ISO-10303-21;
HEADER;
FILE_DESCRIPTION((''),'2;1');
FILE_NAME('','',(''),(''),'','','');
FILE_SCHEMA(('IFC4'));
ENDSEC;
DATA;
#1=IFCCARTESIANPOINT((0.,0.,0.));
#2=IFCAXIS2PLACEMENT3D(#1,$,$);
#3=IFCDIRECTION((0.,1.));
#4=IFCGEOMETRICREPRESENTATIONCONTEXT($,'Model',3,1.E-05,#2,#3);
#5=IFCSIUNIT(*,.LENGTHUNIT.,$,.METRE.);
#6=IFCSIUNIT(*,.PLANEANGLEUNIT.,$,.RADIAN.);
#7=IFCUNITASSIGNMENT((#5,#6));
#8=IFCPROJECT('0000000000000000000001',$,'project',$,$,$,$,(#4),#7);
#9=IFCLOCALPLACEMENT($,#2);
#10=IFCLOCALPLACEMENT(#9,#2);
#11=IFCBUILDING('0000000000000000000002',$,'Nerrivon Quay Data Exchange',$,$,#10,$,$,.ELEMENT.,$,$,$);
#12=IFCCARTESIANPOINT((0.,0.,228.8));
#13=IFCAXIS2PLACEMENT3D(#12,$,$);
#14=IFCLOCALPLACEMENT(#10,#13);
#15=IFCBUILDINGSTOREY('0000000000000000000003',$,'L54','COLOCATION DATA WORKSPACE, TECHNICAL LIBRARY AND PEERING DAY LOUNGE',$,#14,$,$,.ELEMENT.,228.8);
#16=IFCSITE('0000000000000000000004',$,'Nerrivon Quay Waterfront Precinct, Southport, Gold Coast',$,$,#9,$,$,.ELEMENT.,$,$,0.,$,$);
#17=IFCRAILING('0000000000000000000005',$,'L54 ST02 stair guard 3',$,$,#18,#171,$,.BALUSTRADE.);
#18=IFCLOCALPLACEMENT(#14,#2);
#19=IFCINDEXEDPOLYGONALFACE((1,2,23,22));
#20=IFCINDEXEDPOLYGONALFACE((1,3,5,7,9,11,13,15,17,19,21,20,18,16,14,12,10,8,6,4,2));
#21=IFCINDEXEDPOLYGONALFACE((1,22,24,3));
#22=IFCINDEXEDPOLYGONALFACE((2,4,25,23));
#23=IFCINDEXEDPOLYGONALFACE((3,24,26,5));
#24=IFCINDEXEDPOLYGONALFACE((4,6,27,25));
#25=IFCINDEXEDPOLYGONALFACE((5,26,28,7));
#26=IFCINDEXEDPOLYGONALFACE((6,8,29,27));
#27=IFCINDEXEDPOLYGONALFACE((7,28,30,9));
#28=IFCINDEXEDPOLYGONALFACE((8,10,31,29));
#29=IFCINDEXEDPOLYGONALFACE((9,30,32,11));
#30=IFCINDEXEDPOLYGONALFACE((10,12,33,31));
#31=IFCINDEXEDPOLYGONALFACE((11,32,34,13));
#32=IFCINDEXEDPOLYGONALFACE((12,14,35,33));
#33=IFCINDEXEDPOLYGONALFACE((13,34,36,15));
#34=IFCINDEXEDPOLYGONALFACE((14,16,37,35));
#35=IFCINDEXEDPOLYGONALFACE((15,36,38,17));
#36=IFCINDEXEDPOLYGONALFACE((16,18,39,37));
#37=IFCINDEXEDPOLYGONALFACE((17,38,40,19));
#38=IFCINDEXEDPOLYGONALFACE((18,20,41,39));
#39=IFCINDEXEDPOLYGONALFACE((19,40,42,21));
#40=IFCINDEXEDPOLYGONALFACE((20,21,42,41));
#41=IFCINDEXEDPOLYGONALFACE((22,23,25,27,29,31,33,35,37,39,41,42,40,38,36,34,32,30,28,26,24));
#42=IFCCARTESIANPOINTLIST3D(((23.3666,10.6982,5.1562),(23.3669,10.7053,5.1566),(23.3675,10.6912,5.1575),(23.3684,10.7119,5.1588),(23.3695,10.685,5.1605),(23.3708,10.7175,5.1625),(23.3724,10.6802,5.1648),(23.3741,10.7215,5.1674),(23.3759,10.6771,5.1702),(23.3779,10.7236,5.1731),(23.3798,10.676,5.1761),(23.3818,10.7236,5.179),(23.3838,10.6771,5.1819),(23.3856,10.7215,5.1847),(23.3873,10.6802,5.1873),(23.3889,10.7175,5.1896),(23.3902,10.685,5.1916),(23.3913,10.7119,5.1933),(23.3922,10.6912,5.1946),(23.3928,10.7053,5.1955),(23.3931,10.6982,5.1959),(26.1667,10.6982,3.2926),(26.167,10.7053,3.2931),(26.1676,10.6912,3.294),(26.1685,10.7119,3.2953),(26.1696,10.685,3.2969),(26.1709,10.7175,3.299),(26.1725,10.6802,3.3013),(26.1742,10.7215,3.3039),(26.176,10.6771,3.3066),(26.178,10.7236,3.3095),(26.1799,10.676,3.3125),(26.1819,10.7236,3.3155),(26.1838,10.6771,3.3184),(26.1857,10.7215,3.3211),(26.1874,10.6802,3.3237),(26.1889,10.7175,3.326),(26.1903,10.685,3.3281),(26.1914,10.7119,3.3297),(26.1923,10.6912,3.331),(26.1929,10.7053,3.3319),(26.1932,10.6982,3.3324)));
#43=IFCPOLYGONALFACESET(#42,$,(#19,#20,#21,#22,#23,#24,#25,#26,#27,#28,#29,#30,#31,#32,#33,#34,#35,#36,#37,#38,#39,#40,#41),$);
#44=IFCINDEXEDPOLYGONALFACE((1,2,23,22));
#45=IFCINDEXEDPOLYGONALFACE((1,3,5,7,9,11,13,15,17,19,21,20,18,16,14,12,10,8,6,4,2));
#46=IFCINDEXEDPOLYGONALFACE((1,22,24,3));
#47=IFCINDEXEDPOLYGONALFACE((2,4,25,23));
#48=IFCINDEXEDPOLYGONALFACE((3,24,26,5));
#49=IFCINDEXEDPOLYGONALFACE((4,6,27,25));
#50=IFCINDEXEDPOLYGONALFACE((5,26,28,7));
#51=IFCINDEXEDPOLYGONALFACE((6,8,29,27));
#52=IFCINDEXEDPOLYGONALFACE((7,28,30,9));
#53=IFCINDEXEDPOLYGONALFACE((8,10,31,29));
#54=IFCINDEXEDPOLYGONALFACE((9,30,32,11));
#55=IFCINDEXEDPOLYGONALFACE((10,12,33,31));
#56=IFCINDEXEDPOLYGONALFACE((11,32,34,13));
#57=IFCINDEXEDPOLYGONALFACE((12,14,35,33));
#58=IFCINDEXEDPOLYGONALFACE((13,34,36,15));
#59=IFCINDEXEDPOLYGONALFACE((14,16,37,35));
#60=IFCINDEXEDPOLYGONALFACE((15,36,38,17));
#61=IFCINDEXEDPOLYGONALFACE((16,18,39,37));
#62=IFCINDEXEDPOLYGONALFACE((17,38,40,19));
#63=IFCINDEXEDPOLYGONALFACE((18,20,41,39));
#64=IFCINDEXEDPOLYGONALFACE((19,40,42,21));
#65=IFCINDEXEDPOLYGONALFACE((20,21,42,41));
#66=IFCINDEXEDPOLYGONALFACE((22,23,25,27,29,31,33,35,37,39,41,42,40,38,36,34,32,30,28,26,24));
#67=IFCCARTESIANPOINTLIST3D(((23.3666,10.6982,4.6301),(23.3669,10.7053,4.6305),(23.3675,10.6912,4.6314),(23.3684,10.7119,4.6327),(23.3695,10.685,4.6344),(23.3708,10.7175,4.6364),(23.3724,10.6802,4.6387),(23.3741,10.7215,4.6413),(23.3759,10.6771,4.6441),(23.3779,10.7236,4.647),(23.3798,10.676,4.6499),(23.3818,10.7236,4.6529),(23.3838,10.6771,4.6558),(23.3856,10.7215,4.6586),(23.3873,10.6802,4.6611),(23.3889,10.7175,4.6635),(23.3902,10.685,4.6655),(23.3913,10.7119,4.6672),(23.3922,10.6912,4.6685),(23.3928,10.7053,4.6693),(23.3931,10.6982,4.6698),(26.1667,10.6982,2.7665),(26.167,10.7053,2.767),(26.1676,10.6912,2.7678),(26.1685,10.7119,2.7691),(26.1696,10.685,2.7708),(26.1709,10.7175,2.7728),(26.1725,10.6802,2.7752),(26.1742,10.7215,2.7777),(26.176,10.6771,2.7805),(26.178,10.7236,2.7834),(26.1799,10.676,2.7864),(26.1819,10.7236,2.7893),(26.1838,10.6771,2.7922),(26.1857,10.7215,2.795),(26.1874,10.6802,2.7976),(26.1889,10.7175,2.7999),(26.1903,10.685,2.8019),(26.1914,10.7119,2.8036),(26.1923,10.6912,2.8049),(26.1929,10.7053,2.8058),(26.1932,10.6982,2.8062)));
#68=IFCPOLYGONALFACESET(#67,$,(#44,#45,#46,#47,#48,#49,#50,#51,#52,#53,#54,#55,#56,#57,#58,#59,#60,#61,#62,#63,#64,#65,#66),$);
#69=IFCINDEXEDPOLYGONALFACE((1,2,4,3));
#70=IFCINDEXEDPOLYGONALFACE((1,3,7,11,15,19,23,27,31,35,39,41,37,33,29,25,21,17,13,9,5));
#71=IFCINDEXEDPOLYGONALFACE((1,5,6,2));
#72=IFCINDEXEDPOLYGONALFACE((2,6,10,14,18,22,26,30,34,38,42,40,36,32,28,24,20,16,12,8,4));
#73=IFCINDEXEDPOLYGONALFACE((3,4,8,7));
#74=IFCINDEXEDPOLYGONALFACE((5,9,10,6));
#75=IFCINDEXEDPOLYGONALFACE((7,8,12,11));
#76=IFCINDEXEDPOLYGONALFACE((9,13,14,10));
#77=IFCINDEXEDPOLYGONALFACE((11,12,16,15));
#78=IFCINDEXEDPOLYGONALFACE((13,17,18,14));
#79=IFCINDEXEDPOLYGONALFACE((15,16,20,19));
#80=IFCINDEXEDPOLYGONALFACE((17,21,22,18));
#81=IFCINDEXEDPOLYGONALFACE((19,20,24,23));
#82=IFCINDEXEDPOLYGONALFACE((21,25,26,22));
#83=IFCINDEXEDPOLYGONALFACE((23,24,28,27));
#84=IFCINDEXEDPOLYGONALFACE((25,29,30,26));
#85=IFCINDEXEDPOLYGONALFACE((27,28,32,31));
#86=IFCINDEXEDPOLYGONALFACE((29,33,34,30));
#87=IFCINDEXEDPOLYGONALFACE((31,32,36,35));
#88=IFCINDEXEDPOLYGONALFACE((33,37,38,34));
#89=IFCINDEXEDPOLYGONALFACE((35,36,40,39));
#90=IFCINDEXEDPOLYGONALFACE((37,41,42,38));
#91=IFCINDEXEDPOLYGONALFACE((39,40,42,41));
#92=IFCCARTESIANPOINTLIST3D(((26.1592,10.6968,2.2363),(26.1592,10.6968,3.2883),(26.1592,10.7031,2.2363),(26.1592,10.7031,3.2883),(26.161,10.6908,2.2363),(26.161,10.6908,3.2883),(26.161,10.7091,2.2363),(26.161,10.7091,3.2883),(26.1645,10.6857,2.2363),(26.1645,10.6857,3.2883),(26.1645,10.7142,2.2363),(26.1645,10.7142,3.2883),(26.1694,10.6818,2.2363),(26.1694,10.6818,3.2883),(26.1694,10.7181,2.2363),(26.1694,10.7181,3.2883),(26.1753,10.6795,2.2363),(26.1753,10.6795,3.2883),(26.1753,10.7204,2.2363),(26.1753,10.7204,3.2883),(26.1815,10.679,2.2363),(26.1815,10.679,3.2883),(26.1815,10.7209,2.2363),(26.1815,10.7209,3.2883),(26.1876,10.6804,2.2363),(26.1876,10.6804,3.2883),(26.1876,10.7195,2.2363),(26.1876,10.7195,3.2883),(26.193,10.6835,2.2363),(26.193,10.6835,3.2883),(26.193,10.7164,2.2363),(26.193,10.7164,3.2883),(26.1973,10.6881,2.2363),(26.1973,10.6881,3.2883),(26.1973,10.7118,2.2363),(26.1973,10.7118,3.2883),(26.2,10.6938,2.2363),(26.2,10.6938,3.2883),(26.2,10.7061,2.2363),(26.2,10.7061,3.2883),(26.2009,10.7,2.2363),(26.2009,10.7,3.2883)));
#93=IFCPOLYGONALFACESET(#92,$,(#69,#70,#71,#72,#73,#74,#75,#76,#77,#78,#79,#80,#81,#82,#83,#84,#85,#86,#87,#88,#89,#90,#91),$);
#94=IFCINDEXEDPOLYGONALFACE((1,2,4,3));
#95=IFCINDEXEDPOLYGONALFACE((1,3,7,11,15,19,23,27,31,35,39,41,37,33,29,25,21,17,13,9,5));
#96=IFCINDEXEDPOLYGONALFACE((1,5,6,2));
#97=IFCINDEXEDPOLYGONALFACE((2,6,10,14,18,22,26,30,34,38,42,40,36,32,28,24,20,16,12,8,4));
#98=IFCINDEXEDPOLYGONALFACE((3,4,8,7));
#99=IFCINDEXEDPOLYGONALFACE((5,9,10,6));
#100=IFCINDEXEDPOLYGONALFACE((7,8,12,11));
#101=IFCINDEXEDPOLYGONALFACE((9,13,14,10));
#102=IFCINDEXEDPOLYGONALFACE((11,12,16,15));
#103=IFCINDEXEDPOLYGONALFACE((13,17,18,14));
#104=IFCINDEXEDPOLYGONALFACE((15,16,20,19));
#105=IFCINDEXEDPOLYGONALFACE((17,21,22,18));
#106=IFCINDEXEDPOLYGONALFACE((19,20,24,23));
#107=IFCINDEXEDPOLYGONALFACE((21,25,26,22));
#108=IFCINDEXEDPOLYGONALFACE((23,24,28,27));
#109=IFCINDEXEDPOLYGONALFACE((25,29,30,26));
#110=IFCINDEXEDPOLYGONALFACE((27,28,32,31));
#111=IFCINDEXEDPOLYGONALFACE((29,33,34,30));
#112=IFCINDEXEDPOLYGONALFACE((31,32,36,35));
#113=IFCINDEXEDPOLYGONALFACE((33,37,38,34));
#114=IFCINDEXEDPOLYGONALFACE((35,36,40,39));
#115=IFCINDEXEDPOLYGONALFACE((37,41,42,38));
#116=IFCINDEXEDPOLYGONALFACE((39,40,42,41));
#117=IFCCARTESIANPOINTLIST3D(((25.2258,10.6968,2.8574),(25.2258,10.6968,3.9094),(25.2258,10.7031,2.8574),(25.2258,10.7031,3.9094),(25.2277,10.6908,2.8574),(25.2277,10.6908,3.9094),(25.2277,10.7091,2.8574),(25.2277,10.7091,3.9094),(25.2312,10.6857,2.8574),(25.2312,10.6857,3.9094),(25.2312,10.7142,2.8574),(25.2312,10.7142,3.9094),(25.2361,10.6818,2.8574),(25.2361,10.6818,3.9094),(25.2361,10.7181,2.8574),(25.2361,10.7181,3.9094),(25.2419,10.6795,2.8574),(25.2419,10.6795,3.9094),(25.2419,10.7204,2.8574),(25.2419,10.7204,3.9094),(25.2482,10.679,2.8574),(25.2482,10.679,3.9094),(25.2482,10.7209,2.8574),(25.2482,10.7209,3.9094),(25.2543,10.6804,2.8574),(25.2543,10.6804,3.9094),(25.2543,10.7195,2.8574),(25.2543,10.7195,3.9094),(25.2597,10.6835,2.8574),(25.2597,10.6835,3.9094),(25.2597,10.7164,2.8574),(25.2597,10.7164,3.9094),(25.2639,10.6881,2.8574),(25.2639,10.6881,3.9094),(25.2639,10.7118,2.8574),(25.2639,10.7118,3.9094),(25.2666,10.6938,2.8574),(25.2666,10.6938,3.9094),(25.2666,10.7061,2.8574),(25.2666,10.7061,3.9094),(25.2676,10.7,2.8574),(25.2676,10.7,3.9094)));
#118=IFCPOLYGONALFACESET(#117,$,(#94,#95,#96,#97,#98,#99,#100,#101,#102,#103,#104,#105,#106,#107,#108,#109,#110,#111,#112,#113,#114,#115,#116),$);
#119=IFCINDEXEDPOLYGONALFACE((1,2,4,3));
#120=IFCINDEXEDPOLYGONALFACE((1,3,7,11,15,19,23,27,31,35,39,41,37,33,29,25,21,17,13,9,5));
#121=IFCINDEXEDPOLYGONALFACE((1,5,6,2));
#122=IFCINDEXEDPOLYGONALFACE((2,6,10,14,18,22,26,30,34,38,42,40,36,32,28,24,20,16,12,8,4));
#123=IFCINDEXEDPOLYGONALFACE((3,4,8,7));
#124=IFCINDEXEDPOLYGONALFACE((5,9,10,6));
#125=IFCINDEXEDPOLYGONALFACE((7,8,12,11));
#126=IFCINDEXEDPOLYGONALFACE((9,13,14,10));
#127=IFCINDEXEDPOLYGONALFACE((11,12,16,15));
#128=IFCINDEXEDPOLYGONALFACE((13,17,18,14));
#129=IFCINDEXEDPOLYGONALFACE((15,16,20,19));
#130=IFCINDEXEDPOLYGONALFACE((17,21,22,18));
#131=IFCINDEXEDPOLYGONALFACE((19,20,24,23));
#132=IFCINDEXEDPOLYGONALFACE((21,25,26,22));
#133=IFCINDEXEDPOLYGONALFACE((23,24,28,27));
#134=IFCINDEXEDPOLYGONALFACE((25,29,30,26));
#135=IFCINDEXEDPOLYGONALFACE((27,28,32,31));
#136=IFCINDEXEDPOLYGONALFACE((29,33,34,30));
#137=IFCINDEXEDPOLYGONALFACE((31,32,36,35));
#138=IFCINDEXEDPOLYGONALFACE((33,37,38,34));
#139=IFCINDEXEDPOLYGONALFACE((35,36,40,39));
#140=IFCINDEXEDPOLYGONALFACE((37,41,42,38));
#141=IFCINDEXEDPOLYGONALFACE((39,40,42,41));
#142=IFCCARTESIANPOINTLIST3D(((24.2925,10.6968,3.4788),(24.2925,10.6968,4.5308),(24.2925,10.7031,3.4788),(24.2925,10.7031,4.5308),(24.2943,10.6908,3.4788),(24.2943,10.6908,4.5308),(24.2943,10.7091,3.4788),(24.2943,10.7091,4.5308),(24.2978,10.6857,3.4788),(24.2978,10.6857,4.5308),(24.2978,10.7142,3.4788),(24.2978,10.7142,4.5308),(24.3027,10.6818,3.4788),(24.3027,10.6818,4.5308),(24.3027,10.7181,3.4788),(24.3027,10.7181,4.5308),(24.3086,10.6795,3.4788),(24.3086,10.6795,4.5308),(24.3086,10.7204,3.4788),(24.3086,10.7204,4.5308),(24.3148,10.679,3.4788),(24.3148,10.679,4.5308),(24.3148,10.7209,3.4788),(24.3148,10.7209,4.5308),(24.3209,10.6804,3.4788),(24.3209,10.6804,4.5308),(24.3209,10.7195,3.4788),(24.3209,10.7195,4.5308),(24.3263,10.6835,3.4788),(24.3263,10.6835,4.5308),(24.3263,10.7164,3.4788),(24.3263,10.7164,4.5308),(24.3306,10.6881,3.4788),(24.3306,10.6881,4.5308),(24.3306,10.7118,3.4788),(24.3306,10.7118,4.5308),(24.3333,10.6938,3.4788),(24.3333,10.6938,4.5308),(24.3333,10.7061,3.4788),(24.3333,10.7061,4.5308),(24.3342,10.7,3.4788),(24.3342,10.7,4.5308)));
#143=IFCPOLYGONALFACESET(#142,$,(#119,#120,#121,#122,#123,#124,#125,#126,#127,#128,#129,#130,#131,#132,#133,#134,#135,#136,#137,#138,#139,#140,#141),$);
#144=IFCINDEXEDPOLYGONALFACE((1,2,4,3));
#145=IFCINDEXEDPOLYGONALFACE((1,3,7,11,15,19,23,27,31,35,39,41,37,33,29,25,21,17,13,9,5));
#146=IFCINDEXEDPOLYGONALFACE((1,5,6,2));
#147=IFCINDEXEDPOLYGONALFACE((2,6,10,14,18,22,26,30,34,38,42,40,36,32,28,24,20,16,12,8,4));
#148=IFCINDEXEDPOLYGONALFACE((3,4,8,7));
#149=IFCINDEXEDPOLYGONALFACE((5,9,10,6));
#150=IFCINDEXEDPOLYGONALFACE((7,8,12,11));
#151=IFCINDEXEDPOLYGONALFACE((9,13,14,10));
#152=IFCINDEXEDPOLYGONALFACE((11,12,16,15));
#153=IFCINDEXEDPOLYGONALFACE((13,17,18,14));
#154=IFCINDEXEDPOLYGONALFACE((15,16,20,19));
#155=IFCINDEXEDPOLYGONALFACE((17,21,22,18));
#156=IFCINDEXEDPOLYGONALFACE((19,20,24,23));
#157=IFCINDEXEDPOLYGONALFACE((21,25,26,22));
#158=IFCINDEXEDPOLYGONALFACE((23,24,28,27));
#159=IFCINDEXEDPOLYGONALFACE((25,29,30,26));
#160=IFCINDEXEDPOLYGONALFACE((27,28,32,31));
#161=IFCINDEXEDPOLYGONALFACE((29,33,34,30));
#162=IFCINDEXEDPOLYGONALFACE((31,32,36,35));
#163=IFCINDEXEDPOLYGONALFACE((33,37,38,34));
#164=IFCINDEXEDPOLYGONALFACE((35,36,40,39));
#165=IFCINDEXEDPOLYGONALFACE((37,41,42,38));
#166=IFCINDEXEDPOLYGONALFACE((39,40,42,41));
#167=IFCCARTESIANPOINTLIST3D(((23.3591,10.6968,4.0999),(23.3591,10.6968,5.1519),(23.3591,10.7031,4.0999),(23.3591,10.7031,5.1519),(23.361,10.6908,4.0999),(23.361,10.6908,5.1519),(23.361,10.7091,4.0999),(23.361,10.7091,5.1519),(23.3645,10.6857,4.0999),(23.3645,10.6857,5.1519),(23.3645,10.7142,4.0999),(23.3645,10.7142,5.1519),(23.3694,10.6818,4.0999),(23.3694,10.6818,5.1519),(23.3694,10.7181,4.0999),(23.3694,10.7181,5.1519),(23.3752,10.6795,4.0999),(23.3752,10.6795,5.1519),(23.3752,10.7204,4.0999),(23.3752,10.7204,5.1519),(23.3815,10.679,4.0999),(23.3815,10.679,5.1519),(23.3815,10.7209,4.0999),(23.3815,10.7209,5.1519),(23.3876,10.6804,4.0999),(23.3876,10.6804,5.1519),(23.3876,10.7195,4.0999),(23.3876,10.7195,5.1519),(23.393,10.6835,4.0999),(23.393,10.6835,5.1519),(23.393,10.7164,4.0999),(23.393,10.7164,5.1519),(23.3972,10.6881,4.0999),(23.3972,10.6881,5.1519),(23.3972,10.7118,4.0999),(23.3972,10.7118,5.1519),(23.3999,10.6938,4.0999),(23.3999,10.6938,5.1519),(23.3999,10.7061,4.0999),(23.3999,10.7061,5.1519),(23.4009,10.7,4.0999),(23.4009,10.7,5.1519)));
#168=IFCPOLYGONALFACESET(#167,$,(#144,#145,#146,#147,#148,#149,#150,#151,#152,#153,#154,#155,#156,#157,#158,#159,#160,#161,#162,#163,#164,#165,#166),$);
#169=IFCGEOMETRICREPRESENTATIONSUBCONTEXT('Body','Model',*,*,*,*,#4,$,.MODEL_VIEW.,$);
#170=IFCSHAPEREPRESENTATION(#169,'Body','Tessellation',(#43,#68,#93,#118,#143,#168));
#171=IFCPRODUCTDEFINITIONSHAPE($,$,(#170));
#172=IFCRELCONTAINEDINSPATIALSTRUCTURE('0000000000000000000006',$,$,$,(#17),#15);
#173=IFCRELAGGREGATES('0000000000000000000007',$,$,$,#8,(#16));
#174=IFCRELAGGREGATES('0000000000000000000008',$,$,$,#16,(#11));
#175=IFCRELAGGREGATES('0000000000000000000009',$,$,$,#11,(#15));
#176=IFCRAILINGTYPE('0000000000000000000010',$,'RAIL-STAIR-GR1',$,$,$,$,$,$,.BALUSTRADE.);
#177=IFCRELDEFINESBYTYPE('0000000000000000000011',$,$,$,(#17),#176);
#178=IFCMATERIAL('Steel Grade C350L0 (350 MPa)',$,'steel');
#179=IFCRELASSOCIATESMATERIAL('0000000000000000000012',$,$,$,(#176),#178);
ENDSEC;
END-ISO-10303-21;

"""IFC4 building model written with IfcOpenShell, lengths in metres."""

from ifc_helpers import new_model, si_unit, direction, frame, origin, origin_2d, place, context, subcontext, project, spatial, circle, extrude, material, type_object, element, save


model = new_model("IFC4")

# Units and contexts
model_context = context("Model", 3, precision=1e-05, world=origin(), true_north=direction((0.0, 1.0)))
body_context = subcontext(model_context, "Body", "Model", "MODEL_VIEW")
ifc_project = project(units=[si_unit("LENGTHUNIT", "METRE"), si_unit("PLANEANGLEUNIT", "RADIAN")], contexts=[model_context])

# Site, building, storey
site_placement = place(None, origin())
site = spatial("IfcSite", under=ifc_project, at=site_placement, Name="Nerrivon Quay Waterfront Precinct, Southport, Gold Coast", CompositionType="ELEMENT", RefElevation=0.0)
building_placement = place(site_placement, origin())
building = spatial("IfcBuilding", under=site, at=building_placement, Name="Nerrivon Quay Data Exchange", CompositionType="ELEMENT")
storey_placement = place(building_placement, frame((0.0, 0.0, 228.8)))
storey = spatial("IfcBuildingStorey", under=building, at=storey_placement, Name="L54", Description="COLOCATION DATA WORKSPACE, TECHNICAL LIBRARY AND PEERING DAY LOUNGE", CompositionType="ELEMENT", Elevation=228.8)

# Railing
ifc_material_1 = material(Name="Steel Grade C350L0 (350 MPa)", Category="steel")
railing_type_1 = type_object("IfcRailingType", Name="RAIL-STAIR-GR1", PredefinedType="BALUSTRADE", material=ifc_material_1)
railing_1_placement = place(storey_placement, frame((26.1799, 10.7, 2.2363)))
element("IfcRailing", 1, at=railing_1_placement, inside=storey, type_object=railing_type_1, Name="L54 ST02 stair guard 3", PredefinedType="BALUSTRADE", context=body_context, shape_type="SweptSolid", body=[
    extrude(circle(Radius=0.0239, at=origin_2d()), frame((0.0, 0.0, 1.0762), z_axis=(-0.832486, 0.0, 0.554047), x_axis=(0.0, -1.0, 0.0)), (0.0, 0.0, 1.0), 3.3635),
    extrude(circle(Radius=0.0239, at=origin_2d()), frame((0.0, 0.0, 0.55), z_axis=(-0.832486, 0.0, 0.554047), x_axis=(0.0, -1.0, 0.0)), (0.0, 0.0, 1.0), 3.3635),
    extrude(circle(Radius=0.021, at=origin_2d()), origin(), (0.0, 0.0, 1.0), 1.052),
    extrude(circle(Radius=0.021, at=origin_2d()), frame((-0.9333, 0.0, 0.6211)), (0.0, 0.0, 1.0), 1.052),
    extrude(circle(Radius=0.021, at=origin_2d()), frame((-1.8667, 0.0, 1.2424)), (0.0, 0.0, 1.0), 1.052),
    extrude(circle(Radius=0.021, at=origin_2d()), frame((-2.8, 0.0, 1.8635)), (0.0, 0.0, 1.0), 1.052),
])

save(model, "model.ifc")
